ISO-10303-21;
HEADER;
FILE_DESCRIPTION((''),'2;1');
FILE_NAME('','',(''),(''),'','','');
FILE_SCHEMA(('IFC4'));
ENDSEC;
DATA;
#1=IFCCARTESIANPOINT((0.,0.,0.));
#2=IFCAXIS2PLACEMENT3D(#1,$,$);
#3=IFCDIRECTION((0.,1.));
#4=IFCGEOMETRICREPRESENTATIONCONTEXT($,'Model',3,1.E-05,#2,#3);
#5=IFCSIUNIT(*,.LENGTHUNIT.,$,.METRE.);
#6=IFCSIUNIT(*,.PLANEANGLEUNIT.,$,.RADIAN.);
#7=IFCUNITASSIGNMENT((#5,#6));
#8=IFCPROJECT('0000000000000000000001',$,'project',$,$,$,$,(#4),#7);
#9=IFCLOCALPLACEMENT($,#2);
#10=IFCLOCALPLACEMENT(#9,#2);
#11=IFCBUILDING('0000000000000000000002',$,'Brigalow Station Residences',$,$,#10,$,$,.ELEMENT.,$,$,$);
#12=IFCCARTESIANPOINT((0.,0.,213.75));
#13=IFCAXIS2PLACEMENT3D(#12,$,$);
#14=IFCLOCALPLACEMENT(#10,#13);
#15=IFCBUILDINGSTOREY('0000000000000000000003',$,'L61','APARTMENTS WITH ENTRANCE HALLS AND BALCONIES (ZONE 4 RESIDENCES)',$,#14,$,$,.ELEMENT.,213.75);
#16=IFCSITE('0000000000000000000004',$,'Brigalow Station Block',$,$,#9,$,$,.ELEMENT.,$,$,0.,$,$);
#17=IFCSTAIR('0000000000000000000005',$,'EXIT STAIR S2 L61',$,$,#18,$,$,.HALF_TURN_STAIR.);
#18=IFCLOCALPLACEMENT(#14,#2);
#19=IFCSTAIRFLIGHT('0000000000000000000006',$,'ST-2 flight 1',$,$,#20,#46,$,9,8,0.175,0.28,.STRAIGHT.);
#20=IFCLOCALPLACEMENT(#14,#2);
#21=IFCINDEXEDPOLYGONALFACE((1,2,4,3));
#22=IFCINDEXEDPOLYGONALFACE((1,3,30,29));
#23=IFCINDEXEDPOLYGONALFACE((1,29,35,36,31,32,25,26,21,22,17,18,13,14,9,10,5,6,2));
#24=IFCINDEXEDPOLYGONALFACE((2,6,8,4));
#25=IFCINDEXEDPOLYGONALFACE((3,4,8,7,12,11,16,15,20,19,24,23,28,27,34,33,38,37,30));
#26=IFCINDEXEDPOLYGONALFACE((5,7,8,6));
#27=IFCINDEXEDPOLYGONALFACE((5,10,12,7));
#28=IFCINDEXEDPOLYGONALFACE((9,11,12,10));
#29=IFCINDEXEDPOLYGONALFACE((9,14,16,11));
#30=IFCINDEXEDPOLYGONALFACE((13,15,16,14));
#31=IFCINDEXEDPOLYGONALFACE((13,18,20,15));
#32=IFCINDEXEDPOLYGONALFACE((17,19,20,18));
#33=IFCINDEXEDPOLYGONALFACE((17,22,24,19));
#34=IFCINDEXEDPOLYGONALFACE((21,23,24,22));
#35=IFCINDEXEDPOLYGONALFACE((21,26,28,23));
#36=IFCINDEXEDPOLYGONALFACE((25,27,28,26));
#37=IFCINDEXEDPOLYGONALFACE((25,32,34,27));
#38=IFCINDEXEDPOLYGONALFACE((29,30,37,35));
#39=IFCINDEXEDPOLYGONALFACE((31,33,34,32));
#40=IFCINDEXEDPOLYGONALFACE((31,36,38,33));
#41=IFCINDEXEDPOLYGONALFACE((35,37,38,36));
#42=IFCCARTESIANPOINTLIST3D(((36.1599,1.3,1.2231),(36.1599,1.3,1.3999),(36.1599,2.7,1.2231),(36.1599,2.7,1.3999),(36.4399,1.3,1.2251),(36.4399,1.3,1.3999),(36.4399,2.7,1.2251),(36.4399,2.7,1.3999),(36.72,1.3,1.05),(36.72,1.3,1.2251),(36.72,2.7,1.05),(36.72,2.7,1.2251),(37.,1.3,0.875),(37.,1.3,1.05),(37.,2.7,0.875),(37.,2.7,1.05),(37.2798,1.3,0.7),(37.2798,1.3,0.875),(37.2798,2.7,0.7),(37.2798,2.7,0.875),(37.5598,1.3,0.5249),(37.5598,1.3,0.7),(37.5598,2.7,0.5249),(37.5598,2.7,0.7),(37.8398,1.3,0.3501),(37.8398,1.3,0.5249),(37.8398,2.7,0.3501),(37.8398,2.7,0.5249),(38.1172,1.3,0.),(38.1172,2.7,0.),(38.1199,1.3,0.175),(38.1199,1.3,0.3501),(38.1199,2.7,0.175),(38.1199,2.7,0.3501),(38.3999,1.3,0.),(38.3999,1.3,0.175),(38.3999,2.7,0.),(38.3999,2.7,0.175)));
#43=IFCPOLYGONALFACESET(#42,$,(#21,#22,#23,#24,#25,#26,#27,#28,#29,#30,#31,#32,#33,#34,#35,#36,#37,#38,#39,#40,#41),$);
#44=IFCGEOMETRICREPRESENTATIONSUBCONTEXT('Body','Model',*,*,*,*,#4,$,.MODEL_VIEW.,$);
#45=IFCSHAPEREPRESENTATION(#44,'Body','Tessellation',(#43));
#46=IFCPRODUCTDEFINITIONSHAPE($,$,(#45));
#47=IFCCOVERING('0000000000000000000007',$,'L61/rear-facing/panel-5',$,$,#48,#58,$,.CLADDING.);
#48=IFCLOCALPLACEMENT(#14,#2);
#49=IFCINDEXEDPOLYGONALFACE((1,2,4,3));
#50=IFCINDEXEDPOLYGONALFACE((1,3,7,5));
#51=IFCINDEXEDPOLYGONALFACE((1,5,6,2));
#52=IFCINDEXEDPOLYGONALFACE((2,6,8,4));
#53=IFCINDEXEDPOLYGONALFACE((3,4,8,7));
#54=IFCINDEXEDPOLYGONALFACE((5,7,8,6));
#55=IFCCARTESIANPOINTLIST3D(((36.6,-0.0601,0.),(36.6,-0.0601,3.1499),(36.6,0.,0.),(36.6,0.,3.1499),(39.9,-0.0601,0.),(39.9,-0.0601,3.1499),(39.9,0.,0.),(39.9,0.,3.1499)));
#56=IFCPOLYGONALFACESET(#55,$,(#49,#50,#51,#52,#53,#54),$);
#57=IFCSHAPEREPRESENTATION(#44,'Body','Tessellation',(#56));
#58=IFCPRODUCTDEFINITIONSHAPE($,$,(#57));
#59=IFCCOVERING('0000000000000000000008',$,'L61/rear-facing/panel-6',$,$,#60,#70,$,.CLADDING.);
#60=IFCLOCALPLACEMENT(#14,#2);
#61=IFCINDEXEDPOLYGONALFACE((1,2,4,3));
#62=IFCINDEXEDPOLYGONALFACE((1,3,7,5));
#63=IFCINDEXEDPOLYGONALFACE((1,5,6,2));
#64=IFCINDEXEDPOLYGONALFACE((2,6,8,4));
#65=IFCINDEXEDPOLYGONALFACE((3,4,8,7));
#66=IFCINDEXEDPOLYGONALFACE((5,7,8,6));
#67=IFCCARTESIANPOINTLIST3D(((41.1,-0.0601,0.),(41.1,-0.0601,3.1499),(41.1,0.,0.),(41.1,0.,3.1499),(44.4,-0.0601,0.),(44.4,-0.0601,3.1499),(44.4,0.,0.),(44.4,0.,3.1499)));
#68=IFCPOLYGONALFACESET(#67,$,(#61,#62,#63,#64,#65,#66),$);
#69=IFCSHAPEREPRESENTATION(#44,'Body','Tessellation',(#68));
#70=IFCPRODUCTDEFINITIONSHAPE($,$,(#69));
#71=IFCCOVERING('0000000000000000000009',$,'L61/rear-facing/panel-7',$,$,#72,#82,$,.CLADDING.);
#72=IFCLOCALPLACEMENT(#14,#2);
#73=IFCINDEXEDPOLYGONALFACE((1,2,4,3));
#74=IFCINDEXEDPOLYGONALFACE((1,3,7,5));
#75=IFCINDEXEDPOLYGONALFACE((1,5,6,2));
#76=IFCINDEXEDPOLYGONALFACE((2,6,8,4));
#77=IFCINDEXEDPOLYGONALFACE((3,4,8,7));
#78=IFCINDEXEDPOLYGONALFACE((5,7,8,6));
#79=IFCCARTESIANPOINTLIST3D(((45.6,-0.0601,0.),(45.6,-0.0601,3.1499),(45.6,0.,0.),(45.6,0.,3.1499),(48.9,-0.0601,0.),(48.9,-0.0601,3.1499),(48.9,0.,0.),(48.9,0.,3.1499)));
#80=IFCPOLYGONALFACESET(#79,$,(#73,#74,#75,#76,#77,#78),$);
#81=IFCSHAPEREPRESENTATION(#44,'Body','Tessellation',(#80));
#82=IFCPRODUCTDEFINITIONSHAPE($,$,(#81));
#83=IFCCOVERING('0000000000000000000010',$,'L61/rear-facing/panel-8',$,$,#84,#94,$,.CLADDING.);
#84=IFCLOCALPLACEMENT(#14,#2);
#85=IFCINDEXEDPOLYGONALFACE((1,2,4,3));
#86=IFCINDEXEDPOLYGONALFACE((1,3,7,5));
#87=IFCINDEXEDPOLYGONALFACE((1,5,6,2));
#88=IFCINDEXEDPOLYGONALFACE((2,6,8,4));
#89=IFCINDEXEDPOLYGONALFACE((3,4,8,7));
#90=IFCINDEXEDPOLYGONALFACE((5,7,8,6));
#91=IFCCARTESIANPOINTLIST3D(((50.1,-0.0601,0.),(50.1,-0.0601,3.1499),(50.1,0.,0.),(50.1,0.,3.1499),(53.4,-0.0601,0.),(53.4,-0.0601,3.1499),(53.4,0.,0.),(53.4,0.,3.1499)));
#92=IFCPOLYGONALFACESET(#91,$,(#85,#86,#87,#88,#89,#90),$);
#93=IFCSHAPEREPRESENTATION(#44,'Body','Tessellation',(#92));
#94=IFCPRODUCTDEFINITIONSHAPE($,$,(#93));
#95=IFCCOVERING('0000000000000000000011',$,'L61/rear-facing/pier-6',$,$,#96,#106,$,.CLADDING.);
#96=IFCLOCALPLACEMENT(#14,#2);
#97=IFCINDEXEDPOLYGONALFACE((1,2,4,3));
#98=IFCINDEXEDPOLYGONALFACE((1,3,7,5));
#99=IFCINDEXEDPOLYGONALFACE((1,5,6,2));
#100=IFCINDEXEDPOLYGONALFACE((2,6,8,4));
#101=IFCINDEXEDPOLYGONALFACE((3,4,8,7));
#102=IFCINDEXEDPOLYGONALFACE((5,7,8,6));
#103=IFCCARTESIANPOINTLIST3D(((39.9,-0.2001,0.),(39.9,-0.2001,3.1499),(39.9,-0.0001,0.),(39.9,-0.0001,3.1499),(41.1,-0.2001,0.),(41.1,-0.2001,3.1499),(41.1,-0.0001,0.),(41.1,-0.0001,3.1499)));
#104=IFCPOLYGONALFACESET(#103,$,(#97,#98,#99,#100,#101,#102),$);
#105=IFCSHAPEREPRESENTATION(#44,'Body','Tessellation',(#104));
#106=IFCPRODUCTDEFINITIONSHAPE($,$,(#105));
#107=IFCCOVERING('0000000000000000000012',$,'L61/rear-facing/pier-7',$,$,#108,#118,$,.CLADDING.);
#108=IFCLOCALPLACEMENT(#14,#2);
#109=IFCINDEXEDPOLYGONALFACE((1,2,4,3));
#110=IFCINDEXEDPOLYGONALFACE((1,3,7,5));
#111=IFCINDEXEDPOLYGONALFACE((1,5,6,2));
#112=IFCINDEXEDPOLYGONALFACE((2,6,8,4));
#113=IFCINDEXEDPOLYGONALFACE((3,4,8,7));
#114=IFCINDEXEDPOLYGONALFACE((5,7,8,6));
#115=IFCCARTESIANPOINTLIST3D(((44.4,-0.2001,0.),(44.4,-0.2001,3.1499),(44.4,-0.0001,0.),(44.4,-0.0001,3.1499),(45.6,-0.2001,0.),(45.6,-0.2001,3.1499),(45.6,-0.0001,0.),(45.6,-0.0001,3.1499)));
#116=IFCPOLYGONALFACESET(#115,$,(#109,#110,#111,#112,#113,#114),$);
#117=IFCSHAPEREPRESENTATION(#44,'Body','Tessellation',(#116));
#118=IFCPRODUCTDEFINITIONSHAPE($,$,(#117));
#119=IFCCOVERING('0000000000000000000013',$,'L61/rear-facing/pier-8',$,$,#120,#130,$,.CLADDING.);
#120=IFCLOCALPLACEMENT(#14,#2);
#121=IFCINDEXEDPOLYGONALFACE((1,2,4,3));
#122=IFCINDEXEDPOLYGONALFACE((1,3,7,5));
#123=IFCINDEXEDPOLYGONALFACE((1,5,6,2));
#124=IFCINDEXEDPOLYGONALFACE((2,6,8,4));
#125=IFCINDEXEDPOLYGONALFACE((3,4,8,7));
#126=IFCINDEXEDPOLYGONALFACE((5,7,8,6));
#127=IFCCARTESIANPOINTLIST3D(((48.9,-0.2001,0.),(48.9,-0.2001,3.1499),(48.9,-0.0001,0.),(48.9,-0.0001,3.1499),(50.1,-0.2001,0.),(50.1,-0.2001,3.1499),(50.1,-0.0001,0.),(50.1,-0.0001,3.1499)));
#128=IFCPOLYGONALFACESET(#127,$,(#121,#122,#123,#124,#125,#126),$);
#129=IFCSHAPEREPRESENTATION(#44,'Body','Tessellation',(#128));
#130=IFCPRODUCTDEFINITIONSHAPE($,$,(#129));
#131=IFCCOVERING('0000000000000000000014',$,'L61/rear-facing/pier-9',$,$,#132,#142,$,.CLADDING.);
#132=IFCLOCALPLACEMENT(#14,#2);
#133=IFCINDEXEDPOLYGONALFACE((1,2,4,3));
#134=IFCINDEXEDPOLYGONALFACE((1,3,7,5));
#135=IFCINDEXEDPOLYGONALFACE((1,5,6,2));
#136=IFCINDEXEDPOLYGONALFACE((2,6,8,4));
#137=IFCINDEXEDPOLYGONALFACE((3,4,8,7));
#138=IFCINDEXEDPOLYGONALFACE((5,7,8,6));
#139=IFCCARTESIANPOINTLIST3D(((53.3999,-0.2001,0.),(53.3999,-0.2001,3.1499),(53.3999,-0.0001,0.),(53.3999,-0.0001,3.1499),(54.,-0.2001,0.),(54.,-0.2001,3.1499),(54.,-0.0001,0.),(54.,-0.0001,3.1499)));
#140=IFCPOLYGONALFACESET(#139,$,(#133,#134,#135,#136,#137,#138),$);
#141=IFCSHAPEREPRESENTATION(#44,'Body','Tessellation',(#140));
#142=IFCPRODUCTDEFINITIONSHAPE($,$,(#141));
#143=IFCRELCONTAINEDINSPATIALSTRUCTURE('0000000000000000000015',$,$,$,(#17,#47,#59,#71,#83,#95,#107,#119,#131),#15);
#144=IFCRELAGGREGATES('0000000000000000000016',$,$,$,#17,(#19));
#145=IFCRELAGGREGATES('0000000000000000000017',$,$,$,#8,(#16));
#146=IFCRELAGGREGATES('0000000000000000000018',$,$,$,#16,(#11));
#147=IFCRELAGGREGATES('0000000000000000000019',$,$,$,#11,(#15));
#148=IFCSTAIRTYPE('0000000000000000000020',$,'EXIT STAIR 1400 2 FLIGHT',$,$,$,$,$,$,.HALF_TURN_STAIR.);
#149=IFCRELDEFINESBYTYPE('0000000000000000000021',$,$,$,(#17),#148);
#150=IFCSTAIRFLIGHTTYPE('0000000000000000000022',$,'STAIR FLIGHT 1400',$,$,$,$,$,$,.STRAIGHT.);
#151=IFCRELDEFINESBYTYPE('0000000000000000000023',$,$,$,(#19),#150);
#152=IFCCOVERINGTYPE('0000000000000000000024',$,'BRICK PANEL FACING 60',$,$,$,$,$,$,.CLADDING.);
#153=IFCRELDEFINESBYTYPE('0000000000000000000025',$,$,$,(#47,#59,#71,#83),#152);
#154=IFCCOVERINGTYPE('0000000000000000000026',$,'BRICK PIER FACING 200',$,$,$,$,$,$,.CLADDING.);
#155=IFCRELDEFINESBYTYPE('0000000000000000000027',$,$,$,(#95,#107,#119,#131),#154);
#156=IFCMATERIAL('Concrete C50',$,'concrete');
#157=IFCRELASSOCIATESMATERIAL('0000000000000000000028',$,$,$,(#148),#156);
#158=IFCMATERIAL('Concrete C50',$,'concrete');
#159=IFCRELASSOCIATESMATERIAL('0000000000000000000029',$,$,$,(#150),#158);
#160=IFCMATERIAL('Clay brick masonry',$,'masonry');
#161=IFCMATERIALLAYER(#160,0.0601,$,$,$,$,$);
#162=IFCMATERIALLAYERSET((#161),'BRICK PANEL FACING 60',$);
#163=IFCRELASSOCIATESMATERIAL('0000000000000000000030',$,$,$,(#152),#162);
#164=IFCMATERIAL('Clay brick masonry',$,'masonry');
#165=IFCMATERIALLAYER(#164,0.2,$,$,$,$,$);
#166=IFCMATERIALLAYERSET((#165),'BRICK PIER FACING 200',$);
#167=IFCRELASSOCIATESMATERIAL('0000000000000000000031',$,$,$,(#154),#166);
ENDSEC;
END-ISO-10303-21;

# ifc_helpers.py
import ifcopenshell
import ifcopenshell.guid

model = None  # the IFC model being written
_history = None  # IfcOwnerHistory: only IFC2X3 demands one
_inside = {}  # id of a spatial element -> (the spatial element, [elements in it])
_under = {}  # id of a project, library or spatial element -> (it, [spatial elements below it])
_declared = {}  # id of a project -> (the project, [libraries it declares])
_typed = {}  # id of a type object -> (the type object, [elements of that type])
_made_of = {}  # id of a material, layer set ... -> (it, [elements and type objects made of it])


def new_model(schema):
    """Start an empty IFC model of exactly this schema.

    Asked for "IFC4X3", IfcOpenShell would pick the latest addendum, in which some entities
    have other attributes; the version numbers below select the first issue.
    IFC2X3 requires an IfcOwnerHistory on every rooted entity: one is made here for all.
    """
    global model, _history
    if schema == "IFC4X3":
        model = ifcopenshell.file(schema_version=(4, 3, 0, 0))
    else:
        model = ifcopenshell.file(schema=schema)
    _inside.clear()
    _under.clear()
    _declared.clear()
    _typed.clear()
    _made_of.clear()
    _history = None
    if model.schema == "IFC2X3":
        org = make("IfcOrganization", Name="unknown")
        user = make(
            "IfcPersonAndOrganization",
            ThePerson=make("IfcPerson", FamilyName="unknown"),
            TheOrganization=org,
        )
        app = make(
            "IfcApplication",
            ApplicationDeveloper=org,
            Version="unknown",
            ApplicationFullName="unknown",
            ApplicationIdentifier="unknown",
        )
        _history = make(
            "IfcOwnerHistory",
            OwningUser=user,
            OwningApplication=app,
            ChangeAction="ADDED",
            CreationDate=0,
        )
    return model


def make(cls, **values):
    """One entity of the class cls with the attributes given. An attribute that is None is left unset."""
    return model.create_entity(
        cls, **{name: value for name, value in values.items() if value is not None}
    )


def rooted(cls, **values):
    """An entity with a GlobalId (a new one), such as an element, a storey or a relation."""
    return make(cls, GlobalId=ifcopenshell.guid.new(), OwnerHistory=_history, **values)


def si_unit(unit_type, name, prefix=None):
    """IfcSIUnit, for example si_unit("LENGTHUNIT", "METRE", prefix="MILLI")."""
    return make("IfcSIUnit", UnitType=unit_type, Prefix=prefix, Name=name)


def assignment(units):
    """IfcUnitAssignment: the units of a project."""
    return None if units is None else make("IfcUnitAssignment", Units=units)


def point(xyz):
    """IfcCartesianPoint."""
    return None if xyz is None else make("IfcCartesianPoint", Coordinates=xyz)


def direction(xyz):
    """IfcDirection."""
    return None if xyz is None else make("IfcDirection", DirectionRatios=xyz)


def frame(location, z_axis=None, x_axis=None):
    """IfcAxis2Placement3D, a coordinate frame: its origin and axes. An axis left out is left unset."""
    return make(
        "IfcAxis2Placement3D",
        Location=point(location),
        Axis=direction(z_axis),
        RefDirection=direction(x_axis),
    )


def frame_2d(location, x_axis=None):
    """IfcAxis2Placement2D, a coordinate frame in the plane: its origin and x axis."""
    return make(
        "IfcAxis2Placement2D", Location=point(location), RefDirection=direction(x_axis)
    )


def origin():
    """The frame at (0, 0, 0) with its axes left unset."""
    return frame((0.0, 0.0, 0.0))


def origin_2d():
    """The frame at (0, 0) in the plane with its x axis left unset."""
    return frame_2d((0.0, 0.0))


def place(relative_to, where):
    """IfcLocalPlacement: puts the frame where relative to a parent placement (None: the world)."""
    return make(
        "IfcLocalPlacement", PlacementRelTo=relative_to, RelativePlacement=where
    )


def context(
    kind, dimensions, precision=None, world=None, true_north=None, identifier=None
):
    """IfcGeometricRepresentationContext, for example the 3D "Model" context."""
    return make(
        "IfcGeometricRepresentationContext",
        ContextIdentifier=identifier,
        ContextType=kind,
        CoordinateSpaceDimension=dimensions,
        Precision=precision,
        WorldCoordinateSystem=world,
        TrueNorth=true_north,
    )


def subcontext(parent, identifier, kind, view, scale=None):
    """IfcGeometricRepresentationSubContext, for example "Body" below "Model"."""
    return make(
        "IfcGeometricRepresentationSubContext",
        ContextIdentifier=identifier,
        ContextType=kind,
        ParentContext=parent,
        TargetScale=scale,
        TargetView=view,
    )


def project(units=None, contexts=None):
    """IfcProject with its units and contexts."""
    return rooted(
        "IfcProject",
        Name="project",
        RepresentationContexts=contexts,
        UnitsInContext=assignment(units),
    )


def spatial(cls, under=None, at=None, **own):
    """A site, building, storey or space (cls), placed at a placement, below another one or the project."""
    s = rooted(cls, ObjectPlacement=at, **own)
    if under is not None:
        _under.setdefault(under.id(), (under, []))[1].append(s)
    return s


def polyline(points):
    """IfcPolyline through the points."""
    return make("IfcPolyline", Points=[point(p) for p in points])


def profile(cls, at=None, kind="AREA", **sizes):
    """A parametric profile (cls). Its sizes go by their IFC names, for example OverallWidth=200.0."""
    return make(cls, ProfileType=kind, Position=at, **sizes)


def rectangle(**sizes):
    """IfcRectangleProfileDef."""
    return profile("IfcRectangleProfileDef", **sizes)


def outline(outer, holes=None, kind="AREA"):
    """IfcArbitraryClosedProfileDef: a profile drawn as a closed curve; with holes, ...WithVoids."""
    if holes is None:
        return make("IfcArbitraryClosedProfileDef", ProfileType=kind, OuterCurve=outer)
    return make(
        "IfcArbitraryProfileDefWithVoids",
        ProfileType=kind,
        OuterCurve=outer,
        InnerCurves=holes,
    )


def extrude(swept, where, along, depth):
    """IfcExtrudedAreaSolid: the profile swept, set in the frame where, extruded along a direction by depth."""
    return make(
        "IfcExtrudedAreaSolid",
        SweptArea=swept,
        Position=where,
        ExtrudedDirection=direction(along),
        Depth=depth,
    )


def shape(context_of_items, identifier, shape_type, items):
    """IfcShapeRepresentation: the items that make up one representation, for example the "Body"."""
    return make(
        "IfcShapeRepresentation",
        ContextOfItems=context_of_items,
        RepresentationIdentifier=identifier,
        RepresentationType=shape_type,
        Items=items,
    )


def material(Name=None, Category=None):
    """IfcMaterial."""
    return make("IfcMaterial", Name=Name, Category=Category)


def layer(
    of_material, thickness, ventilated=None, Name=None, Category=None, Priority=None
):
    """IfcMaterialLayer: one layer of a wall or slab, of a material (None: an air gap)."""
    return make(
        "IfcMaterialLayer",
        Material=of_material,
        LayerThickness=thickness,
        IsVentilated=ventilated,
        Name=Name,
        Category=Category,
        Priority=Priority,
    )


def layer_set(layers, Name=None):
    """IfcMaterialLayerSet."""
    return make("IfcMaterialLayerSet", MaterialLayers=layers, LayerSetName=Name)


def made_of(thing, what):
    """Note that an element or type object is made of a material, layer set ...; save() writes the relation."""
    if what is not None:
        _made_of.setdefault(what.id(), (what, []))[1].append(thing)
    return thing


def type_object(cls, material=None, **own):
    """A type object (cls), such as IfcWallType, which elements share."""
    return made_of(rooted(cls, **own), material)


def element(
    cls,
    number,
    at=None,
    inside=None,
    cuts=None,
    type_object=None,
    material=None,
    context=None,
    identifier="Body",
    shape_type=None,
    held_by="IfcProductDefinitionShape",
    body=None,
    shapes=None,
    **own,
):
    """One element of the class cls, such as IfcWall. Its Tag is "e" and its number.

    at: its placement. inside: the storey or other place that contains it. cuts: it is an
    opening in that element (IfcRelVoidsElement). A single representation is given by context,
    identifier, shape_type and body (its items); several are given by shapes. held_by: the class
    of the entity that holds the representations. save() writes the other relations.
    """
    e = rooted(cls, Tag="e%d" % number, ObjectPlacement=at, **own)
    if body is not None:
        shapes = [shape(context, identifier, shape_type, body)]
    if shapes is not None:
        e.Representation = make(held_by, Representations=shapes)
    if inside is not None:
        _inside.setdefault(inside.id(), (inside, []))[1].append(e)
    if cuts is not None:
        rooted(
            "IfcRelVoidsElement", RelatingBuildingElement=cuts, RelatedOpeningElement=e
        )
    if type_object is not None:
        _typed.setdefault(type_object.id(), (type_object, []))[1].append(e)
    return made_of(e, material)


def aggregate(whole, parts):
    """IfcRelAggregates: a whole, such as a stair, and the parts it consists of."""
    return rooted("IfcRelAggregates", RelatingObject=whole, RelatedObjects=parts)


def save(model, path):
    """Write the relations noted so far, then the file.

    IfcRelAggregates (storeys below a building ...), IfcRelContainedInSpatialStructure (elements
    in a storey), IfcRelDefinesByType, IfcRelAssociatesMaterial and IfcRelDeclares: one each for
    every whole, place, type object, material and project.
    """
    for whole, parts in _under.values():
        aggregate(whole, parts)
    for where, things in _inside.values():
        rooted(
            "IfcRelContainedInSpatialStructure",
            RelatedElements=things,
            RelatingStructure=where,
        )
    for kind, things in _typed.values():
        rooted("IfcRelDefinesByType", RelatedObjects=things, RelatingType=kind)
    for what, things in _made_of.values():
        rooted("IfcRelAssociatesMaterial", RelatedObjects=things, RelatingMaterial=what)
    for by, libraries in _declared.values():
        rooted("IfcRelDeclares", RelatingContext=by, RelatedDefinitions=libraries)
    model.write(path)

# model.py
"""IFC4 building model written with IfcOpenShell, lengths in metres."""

from ifc_helpers import new_model, si_unit, direction, frame, origin, origin_2d, place, context, subcontext, project, spatial, polyline, rectangle, outline, extrude, material, layer, layer_set, type_object, element, aggregate, save


model = new_model("IFC4")

# Units and contexts
model_context = context("Model", 3, precision=1e-05, world=origin(), true_north=direction((0.0, 1.0)))
body_context = subcontext(model_context, "Body", "Model", "MODEL_VIEW")
ifc_project = project(units=[si_unit("LENGTHUNIT", "METRE"), si_unit("PLANEANGLEUNIT", "RADIAN")], contexts=[model_context])

# Site, building, storey
site_placement = place(None, origin())
site = spatial("IfcSite", under=ifc_project, at=site_placement, Name="Brigalow Station Block", CompositionType="ELEMENT", RefElevation=0.0)
building_placement = place(site_placement, origin())
building = spatial("IfcBuilding", under=site, at=building_placement, Name="Brigalow Station Residences", CompositionType="ELEMENT")
storey_placement = place(building_placement, frame((0.0, 0.0, 213.75)))
storey = spatial("IfcBuildingStorey", under=building, at=storey_placement, Name="L61", Description="APARTMENTS WITH ENTRANCE HALLS AND BALCONIES (ZONE 4 RESIDENCES)", CompositionType="ELEMENT", Elevation=213.75)

# Stair, stair flight
ifc_material_1 = material(Name="Concrete C50", Category="concrete")
stair_type = type_object("IfcStairType", Name="EXIT STAIR 1400 2 FLIGHT", PredefinedType="HALF_TURN_STAIR", material=ifc_material_1)
stair_placement = place(storey_placement, origin())
stair = element("IfcStair", 1, at=stair_placement, inside=storey, type_object=stair_type, Name="EXIT STAIR S2 L61", PredefinedType="HALF_TURN_STAIR")
ifc_material_2 = material(Name="Concrete C50", Category="concrete")
stair_flight_type = type_object("IfcStairFlightType", Name="STAIR FLIGHT 1400", PredefinedType="STRAIGHT", material=ifc_material_2)
stair_flight_placement = place(storey_placement, frame((38.3999, 2.0, 0.0), z_axis=(0.0, 0.0, 1.0), x_axis=(-1.0, 0.0, 0.0)))
stair_flight = element("IfcStairFlight", 2, at=stair_flight_placement, type_object=stair_flight_type, Name="ST-2 flight 1", NumberOfRisers=9, NumberOfTreads=8, PredefinedType="STRAIGHT", RiserHeight=0.175, TreadLength=0.28, context=body_context, shape_type="SweptSolid", body=[
    extrude(outline(polyline([(0.0, 0.0), (0.0, 0.175), (0.28, 0.175), (0.28, 0.3501), (0.5601, 0.3501), (0.5601, 0.5249), (0.8401, 0.5249), (0.8401, 0.7), (1.1201, 0.7), (1.1201, 0.875), (1.3999, 0.875), (1.3999, 1.05), (1.6799, 1.05), (1.6799, 1.2251), (1.96, 1.2251), (1.96, 1.3999), (2.24, 1.3999), (2.24, 1.575), (2.24, 1.2231), (0.2827, 0.0), (0.0, 0.0)])), frame((0.0, 0.7, 0.0), z_axis=(0.0, -1.0, 0.0), x_axis=(1.0, 0.0, 0.0)), (0.0, 0.0, 1.0), 1.3999),
])
aggregate(stair, [stair_flight])

# Coverings
ifc_material_3 = material(Name="Clay brick masonry", Category="masonry")
ifc_layer_1 = layer(ifc_material_3, 0.0601)
ifc_layer_set_1 = layer_set([ifc_layer_1], Name="BRICK PANEL FACING 60")
covering_type_1 = type_object("IfcCoveringType", Name="BRICK PANEL FACING 60", PredefinedType="CLADDING", material=ifc_layer_set_1)
for number, where, z_axis, x_axis, name in (
    (3, (38.25, -0.03, 0.0), (0.0, 0.0, 1.0), (1.0, 0.0, 0.0), "L61/rear-facing/panel-5"),
    (4, (42.75, -0.03, 0.0), (0.0, 0.0, 1.0), (1.0, 0.0, 0.0), "L61/rear-facing/panel-6"),
    (5, (47.25, -0.03, 0.0), (0.0, 0.0, 1.0), (1.0, 0.0, 0.0), "L61/rear-facing/panel-7"),
    (6, (51.75, -0.03, 0.0), (0.0, 0.0, 1.0), (1.0, 0.0, 0.0), "L61/rear-facing/panel-8"),
):
    element("IfcCovering", number, at=place(storey_placement, frame(where, z_axis=z_axis, x_axis=x_axis)), inside=storey, type_object=covering_type_1, Name=name, PredefinedType="CLADDING", context=body_context, shape_type="SweptSolid", body=[
        extrude(rectangle(XDim=3.3, YDim=0.0601, at=origin_2d()), origin(), (0.0, 0.0, 1.0), 3.1499),
    ])
ifc_material_4 = material(Name="Clay brick masonry", Category="masonry")
ifc_layer_2 = layer(ifc_material_4, 0.2)
ifc_layer_set_2 = layer_set([ifc_layer_2], Name="BRICK PIER FACING 200")
covering_type_2 = type_object("IfcCoveringType", Name="BRICK PIER FACING 200", PredefinedType="CLADDING", material=ifc_layer_set_2)
for number, where, z_axis, x_axis, name in (
    (7, (40.5, -0.1001, 0.0), (0.0, 0.0, 1.0), (1.0, 0.0, 0.0), "L61/rear-facing/pier-6"),
    (8, (45.0, -0.1001, 0.0), (0.0, 0.0, 1.0), (1.0, 0.0, 0.0), "L61/rear-facing/pier-7"),
    (9, (49.5, -0.1001, 0.0), (0.0, 0.0, 1.0), (1.0, 0.0, 0.0), "L61/rear-facing/pier-8"),
):
    element("IfcCovering", number, at=place(storey_placement, frame(where, z_axis=z_axis, x_axis=x_axis)), inside=storey, type_object=covering_type_2, Name=name, PredefinedType="CLADDING", context=body_context, shape_type="SweptSolid", body=[
        extrude(rectangle(XDim=1.2, YDim=0.2, at=origin_2d()), origin(), (0.0, 0.0, 1.0), 3.1499),
    ])
covering_placement = place(storey_placement, frame((53.7, -0.1001, 0.0), z_axis=(0.0, 0.0, 1.0), x_axis=(1.0, 0.0, 0.0)))
element("IfcCovering", 10, at=covering_placement, inside=storey, type_object=covering_type_2, Name="L61/rear-facing/pier-9", PredefinedType="CLADDING", context=body_context, shape_type="SweptSolid", body=[
    extrude(rectangle(XDim=0.6001, YDim=0.2, at=origin_2d()), origin(), (0.0, 0.0, 1.0), 3.1499),
])

save(model, "model.ifc")
